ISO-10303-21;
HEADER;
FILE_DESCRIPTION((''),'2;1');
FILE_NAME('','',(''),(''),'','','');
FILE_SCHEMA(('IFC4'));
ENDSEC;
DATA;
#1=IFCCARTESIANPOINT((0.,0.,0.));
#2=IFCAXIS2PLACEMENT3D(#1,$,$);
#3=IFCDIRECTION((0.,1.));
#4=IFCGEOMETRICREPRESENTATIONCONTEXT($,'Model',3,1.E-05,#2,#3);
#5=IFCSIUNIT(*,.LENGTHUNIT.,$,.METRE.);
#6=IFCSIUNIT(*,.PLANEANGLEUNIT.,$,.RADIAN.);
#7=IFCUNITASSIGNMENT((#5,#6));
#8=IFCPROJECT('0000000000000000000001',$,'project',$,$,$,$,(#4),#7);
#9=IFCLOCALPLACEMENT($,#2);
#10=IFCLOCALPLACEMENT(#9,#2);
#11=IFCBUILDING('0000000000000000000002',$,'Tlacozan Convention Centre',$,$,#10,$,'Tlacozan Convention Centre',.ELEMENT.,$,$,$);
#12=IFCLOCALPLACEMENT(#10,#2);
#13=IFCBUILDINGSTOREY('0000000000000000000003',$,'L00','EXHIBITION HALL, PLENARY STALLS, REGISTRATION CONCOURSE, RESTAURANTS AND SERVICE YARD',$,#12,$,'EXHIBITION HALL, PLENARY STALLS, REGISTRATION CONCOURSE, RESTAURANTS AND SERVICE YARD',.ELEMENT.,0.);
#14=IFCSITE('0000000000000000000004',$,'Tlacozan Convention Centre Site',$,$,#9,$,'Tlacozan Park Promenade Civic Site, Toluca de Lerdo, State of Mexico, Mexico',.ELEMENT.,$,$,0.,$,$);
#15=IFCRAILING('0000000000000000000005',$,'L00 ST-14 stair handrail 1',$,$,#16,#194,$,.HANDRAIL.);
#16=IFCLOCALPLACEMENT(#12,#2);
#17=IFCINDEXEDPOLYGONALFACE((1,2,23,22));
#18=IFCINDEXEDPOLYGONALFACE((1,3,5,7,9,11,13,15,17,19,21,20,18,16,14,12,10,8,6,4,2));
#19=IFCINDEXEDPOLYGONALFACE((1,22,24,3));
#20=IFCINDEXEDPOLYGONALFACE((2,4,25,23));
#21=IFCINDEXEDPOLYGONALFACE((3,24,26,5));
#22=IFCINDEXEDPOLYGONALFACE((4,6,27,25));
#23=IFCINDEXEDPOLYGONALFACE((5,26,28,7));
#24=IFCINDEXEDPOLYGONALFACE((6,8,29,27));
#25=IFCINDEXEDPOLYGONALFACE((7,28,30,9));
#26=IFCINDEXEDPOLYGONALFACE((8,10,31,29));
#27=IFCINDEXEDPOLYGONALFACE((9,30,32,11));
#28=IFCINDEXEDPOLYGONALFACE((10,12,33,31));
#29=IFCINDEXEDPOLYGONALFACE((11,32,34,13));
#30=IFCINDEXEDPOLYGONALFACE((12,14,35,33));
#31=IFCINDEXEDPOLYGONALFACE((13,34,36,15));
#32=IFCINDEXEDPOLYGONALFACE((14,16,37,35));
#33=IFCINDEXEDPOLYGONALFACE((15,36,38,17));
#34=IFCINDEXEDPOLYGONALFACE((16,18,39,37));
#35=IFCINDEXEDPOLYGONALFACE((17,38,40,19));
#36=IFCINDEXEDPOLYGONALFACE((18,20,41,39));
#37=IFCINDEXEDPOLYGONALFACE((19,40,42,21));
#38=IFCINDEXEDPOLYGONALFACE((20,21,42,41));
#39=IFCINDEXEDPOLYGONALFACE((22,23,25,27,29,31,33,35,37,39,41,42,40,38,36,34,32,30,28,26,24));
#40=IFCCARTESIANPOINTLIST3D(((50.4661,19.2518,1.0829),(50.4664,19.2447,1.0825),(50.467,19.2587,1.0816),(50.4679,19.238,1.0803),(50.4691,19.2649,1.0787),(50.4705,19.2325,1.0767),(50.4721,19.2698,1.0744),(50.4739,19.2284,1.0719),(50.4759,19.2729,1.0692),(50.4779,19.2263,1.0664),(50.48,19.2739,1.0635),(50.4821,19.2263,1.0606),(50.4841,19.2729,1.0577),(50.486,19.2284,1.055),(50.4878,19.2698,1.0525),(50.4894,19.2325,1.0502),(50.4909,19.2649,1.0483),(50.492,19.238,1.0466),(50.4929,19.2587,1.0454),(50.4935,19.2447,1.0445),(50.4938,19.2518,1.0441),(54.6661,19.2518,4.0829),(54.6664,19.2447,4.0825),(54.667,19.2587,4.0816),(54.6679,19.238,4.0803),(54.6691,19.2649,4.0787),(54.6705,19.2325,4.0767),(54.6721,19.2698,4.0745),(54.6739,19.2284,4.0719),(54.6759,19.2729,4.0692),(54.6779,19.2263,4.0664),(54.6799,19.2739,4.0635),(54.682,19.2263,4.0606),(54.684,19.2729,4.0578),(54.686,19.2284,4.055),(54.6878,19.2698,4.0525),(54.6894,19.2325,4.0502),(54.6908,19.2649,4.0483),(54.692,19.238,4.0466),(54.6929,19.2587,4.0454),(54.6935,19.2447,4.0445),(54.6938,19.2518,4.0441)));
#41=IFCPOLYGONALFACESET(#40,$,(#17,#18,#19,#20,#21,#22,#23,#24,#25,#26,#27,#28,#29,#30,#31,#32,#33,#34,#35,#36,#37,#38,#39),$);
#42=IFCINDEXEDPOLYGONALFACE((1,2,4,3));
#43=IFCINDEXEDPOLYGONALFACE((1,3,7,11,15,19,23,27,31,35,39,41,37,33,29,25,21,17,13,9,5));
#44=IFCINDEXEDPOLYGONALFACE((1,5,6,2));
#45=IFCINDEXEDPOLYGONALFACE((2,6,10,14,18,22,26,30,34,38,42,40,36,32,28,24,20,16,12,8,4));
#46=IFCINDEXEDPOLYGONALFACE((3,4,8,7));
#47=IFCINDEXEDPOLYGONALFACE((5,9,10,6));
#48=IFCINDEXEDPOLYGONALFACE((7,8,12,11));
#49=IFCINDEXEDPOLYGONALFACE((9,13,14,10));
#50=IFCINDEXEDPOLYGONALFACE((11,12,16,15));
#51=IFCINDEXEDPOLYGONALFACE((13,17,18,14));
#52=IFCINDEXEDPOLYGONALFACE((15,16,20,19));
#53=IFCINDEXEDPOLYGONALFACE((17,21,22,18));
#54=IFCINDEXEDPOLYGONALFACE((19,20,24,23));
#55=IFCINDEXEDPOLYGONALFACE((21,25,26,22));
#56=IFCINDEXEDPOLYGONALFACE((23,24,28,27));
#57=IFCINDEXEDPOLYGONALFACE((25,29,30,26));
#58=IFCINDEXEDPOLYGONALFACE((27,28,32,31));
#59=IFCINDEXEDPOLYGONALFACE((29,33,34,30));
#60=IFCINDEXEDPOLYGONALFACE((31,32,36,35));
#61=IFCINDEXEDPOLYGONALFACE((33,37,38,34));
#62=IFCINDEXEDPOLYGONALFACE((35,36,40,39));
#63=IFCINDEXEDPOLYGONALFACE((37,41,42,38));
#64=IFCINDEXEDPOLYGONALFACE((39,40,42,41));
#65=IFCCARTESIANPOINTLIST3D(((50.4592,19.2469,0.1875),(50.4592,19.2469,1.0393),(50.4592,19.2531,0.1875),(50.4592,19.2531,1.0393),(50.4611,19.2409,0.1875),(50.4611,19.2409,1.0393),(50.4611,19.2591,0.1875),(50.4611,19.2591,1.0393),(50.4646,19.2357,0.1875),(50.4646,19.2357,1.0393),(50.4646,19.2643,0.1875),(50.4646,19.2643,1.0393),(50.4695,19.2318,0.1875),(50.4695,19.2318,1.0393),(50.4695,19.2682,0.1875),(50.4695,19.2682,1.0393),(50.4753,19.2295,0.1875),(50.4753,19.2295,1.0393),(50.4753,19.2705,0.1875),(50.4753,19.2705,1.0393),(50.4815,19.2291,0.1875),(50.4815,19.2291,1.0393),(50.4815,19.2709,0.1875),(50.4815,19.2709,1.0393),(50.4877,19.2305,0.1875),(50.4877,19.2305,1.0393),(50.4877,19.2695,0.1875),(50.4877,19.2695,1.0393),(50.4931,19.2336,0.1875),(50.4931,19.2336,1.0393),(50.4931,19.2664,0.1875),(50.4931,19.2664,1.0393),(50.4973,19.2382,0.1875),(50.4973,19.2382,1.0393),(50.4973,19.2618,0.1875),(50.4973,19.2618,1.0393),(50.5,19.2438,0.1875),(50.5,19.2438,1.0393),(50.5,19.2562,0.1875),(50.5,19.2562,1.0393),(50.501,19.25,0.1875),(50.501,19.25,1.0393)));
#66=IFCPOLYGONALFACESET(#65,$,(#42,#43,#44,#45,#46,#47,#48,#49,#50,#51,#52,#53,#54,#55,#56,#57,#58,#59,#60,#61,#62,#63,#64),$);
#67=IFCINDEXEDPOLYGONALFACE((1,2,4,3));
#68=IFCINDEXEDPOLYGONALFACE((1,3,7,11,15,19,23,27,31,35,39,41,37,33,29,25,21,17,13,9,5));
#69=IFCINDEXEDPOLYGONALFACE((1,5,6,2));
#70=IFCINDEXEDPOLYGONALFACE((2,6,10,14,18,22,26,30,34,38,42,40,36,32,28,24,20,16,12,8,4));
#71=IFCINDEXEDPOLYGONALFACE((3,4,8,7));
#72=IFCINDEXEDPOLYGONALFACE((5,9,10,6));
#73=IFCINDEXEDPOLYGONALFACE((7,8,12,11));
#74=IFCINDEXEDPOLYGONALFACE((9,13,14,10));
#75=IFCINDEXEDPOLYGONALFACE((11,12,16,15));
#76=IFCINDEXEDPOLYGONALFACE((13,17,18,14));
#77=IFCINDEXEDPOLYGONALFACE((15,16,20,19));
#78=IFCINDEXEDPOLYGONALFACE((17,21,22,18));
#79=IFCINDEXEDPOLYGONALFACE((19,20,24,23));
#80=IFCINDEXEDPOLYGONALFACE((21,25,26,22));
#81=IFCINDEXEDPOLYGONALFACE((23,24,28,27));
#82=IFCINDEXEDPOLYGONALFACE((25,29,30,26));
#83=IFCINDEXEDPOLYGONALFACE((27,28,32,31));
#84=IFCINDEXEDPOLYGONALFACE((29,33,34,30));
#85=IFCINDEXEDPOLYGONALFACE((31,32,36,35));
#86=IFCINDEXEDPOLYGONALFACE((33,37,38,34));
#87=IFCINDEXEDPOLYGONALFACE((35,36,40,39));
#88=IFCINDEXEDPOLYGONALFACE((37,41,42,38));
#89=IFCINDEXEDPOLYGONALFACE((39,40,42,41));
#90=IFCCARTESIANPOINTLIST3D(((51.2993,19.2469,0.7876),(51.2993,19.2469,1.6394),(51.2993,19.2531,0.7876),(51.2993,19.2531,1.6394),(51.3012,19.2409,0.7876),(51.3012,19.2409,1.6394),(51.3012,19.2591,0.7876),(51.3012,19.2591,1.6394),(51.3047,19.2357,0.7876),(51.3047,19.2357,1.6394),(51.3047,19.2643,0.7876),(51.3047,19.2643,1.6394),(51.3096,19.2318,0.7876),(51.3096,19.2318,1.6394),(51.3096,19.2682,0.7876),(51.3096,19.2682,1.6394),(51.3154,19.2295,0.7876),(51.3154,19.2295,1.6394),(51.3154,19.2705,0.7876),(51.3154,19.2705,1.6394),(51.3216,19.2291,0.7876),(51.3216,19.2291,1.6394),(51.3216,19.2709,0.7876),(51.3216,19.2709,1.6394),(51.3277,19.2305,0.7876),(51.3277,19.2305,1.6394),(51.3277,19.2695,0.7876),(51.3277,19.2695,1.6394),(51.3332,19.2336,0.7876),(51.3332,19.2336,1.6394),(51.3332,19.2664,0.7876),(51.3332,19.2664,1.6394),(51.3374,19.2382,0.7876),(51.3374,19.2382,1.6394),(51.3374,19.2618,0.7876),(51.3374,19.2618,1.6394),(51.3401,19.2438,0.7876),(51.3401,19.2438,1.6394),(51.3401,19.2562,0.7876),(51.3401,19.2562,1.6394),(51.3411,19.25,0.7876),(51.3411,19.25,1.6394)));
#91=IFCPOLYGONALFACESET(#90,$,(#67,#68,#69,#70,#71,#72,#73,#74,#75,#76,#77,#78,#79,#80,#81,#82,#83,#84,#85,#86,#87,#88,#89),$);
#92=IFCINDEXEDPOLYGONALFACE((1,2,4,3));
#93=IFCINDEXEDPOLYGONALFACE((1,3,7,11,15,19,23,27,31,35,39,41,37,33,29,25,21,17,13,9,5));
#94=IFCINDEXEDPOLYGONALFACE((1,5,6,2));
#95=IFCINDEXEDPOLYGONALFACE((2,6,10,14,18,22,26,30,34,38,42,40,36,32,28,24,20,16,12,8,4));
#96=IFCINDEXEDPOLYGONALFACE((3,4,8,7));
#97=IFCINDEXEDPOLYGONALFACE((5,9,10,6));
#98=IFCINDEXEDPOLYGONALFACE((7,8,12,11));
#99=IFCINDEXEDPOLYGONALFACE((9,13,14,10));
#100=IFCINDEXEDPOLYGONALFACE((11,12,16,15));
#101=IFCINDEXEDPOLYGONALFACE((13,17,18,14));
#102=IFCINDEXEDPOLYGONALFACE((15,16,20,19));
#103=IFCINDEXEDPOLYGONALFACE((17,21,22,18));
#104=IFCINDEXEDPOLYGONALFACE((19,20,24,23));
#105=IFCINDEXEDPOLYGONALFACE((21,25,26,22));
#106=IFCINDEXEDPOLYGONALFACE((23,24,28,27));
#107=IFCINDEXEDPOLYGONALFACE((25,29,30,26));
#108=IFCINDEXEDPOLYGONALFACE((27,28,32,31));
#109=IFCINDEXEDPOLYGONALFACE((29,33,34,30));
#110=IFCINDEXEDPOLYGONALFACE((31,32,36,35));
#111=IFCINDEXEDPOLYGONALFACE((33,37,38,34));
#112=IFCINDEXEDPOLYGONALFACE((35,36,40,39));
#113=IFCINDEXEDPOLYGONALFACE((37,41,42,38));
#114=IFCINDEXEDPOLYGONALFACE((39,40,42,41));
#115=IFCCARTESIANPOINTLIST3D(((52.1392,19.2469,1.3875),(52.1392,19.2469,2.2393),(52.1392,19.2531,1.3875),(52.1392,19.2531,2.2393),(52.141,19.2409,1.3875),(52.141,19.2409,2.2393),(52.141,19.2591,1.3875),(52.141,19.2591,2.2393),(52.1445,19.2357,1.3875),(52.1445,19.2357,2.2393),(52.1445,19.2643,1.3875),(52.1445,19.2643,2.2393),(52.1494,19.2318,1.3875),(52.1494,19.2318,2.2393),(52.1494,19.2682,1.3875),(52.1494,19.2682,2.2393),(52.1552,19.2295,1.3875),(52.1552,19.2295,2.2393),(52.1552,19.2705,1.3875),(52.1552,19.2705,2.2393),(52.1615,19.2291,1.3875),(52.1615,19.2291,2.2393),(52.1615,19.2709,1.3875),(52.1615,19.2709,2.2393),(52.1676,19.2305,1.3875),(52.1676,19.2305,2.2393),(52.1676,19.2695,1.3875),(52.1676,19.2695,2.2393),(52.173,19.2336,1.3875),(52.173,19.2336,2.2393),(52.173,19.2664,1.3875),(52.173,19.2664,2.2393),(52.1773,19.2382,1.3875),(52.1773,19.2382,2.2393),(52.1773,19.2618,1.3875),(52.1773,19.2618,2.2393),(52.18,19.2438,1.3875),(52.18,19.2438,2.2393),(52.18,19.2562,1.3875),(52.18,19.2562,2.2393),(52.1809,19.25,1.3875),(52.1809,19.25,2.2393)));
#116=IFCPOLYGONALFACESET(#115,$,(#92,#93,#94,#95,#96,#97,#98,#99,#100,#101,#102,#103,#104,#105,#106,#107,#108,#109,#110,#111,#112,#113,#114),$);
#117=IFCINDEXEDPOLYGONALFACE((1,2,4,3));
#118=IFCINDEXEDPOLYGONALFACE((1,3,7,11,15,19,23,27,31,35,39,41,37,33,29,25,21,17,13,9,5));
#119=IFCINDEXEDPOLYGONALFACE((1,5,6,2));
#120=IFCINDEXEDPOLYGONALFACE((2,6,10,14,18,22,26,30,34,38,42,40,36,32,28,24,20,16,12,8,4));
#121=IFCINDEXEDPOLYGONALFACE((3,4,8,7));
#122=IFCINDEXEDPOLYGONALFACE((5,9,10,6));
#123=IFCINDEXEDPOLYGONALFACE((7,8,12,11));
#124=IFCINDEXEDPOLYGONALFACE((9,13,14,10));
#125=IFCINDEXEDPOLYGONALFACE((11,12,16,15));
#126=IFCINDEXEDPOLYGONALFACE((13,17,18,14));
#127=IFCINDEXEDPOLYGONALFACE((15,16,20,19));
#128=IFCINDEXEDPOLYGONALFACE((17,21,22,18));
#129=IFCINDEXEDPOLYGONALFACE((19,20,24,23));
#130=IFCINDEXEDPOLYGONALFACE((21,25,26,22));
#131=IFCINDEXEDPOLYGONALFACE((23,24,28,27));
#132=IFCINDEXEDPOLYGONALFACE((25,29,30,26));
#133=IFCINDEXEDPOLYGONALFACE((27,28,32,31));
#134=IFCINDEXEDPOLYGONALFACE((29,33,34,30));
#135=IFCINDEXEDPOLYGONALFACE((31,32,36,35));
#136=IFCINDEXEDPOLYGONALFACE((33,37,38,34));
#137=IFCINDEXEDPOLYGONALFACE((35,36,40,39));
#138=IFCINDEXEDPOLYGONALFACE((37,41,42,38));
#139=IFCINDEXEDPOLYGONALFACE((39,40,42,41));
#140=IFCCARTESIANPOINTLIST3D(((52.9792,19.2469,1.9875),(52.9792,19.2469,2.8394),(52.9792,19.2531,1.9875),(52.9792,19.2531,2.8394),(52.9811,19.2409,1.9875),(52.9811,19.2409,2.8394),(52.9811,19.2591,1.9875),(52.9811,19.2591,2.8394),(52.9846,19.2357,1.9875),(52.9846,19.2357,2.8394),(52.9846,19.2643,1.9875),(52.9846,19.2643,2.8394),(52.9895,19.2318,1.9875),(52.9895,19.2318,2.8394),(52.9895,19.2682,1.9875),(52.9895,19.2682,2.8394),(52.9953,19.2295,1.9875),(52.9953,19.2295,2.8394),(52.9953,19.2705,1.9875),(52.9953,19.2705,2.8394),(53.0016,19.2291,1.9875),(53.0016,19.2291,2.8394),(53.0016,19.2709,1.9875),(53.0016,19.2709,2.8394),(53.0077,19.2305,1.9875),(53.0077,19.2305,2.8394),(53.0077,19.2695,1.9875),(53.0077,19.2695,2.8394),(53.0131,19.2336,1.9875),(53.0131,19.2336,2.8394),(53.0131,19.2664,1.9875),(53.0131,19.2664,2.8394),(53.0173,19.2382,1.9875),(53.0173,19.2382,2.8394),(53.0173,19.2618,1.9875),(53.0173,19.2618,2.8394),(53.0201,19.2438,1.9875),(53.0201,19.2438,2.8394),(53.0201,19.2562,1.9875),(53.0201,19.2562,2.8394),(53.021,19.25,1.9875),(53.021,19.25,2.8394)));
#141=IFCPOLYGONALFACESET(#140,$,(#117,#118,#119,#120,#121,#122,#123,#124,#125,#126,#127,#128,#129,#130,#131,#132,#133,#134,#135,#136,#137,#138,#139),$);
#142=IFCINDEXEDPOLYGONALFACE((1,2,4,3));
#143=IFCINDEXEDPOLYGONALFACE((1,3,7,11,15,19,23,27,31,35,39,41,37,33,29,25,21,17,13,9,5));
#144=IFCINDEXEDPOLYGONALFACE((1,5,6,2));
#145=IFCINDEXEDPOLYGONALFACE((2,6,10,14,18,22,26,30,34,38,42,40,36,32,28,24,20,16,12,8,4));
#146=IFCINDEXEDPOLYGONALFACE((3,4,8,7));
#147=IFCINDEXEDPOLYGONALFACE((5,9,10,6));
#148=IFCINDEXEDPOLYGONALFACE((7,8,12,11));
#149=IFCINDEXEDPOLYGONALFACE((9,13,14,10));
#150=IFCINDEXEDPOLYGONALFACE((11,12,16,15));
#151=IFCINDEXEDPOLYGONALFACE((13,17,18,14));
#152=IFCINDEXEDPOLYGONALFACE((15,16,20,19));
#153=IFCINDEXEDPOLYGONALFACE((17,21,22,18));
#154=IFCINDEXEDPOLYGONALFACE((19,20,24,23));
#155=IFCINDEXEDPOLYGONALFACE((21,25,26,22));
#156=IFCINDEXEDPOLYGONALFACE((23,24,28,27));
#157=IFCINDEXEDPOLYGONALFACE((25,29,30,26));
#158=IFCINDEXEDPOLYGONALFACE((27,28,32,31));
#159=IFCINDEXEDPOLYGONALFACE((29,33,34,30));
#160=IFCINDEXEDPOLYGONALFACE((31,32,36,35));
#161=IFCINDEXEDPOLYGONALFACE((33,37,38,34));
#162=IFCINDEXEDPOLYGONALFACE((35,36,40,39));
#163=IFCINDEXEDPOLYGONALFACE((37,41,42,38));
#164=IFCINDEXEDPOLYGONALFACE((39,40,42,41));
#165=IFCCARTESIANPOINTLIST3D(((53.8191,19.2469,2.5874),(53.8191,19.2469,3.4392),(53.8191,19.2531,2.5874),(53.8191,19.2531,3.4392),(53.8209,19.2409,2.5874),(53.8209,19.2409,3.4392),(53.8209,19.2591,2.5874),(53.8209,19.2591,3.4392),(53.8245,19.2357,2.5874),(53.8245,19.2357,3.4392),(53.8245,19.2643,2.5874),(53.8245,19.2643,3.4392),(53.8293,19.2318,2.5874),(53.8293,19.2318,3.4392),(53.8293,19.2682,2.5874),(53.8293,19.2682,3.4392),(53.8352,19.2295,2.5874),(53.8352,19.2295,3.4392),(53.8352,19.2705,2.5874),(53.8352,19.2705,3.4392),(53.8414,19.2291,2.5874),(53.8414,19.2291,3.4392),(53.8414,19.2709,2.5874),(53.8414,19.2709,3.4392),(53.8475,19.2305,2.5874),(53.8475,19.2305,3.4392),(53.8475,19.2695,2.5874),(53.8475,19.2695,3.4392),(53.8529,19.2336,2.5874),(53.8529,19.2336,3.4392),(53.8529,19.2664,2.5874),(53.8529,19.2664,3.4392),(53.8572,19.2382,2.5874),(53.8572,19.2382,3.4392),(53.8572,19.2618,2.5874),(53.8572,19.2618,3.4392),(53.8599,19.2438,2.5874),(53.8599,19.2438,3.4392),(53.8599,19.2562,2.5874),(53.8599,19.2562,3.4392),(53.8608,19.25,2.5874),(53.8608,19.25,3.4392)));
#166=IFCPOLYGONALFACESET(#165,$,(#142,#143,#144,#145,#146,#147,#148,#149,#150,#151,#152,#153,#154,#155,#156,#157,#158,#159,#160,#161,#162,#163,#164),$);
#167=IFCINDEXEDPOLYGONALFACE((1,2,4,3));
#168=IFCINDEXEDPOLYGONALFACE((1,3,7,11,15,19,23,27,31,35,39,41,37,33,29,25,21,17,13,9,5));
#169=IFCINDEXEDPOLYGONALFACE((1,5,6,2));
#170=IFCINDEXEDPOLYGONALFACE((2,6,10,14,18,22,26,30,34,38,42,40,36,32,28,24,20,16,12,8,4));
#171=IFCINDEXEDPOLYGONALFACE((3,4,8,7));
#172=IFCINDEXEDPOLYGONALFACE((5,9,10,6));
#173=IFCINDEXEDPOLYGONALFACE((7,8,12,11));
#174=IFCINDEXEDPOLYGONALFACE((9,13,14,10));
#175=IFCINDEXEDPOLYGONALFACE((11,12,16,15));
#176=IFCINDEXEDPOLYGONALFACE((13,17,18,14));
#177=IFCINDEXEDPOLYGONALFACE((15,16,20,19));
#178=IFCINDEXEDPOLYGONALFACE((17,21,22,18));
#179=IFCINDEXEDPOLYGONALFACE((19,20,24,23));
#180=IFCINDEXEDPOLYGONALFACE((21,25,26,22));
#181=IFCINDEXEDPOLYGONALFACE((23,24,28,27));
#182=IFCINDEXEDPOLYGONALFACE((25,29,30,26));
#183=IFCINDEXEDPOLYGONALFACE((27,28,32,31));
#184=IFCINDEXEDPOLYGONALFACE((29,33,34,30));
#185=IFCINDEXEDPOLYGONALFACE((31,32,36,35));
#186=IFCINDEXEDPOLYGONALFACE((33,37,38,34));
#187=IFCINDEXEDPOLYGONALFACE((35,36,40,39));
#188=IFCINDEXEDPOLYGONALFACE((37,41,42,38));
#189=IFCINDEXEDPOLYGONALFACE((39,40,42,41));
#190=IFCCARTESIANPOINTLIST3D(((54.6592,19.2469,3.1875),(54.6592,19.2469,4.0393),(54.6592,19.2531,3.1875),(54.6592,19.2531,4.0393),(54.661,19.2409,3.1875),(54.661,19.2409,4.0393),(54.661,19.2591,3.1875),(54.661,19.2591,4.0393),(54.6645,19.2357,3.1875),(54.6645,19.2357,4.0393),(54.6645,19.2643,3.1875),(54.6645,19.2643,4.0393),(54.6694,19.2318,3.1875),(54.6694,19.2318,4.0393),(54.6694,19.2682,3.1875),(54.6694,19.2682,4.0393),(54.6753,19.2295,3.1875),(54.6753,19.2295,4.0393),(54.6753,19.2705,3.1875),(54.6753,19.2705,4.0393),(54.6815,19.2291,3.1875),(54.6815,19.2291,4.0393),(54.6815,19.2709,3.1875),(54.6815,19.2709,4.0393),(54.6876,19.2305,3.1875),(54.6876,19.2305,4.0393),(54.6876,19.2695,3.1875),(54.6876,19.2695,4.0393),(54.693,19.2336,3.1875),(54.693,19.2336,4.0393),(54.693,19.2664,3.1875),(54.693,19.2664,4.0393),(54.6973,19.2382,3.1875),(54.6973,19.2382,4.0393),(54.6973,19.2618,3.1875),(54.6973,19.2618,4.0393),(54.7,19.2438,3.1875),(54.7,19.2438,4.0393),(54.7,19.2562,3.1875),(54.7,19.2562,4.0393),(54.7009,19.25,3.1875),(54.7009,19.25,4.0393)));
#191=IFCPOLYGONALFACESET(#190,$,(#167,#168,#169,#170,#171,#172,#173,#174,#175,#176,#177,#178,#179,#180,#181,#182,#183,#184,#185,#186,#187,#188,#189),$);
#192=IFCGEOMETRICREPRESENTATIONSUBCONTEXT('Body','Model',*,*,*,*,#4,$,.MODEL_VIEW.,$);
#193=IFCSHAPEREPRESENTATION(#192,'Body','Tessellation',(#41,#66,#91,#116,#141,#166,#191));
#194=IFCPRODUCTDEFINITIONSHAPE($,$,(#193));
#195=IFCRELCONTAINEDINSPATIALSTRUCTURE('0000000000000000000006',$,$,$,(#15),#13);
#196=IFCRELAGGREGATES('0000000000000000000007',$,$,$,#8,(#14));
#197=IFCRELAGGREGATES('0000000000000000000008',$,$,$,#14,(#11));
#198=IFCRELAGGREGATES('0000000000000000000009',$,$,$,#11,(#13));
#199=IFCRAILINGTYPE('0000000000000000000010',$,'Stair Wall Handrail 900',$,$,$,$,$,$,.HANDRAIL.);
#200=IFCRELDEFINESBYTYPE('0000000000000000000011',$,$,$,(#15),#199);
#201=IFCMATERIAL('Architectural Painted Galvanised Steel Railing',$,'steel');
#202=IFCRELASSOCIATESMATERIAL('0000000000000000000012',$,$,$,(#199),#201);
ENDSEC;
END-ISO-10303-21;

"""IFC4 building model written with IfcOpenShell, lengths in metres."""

from ifc_helpers import new_model, si_unit, direction, frame, origin, origin_2d, place, context, subcontext, project, spatial, circle, extrude, material, type_object, element, save


model = new_model("IFC4")

# Units and contexts
model_context = context("Model", 3, precision=1e-05, world=origin(), true_north=direction((0.0, 1.0)))
body_context = subcontext(model_context, "Body", "Model", "MODEL_VIEW")
ifc_project = project(units=[si_unit("LENGTHUNIT", "METRE"), si_unit("PLANEANGLEUNIT", "RADIAN")], contexts=[model_context])

# Site, building, storey
site_placement = place(None, origin())
site = spatial("IfcSite", under=ifc_project, at=site_placement, Name="Tlacozan Convention Centre Site", LongName="Tlacozan Park Promenade Civic Site, Toluca de Lerdo, State of Mexico, Mexico", CompositionType="ELEMENT", RefElevation=0.0)
building_placement = place(site_placement, origin())
building = spatial("IfcBuilding", under=site, at=building_placement, Name="Tlacozan Convention Centre", LongName="Tlacozan Convention Centre", CompositionType="ELEMENT")
storey_placement = place(building_placement, origin())
storey = spatial("IfcBuildingStorey", under=building, at=storey_placement, Name="L00", Description="EXHIBITION HALL, PLENARY STALLS, REGISTRATION CONCOURSE, RESTAURANTS AND SERVICE YARD", LongName="EXHIBITION HALL, PLENARY STALLS, REGISTRATION CONCOURSE, RESTAURANTS AND SERVICE YARD", CompositionType="ELEMENT", Elevation=0.0)

# Railing
ifc_material_1 = material(Name="Architectural Painted Galvanised Steel Railing", Category="steel")
railing_type_1 = type_object("IfcRailingType", Name="Stair Wall Handrail 900", PredefinedType="HANDRAIL", material=ifc_material_1)
railing_1_placement = place(storey_placement, frame((50.48, 19.25, 0.1875)))
element("IfcRailing", 1, at=railing_1_placement, inside=storey, type_object=railing_type_1, Name="L00 ST-14 stair handrail 1", PredefinedType="HANDRAIL", context=body_context, shape_type="SweptSolid", body=[
    extrude(circle(Radius=0.0239, at=origin_2d()), frame((0.0, 0.0, 0.876), z_axis=(0.81373, 0.0, 0.581243), x_axis=(0.0, 1.0, 0.0)), (0.0, 0.0, 1.0), 5.1614),
    extrude(circle(Radius=0.021, at=origin_2d()), origin(), (0.0, 0.0, 1.0), 0.8518),
    extrude(circle(Radius=0.021, at=origin_2d()), frame((0.8401, 0.0, 0.6001)), (0.0, 0.0, 1.0), 0.8518),
    extrude(circle(Radius=0.021, at=origin_2d()), frame((1.6799, 0.0, 1.2)), (0.0, 0.0, 1.0), 0.8518),
    extrude(circle(Radius=0.021, at=origin_2d()), frame((2.52, 0.0, 1.8)), (0.0, 0.0, 1.0), 0.8518),
    extrude(circle(Radius=0.021, at=origin_2d()), frame((3.3599, 0.0, 2.3999)), (0.0, 0.0, 1.0), 0.8518),
    extrude(circle(Radius=0.021, at=origin_2d()), frame((4.2, 0.0, 3.0)), (0.0, 0.0, 1.0), 0.8518),
])

save(model, "model.ifc")
